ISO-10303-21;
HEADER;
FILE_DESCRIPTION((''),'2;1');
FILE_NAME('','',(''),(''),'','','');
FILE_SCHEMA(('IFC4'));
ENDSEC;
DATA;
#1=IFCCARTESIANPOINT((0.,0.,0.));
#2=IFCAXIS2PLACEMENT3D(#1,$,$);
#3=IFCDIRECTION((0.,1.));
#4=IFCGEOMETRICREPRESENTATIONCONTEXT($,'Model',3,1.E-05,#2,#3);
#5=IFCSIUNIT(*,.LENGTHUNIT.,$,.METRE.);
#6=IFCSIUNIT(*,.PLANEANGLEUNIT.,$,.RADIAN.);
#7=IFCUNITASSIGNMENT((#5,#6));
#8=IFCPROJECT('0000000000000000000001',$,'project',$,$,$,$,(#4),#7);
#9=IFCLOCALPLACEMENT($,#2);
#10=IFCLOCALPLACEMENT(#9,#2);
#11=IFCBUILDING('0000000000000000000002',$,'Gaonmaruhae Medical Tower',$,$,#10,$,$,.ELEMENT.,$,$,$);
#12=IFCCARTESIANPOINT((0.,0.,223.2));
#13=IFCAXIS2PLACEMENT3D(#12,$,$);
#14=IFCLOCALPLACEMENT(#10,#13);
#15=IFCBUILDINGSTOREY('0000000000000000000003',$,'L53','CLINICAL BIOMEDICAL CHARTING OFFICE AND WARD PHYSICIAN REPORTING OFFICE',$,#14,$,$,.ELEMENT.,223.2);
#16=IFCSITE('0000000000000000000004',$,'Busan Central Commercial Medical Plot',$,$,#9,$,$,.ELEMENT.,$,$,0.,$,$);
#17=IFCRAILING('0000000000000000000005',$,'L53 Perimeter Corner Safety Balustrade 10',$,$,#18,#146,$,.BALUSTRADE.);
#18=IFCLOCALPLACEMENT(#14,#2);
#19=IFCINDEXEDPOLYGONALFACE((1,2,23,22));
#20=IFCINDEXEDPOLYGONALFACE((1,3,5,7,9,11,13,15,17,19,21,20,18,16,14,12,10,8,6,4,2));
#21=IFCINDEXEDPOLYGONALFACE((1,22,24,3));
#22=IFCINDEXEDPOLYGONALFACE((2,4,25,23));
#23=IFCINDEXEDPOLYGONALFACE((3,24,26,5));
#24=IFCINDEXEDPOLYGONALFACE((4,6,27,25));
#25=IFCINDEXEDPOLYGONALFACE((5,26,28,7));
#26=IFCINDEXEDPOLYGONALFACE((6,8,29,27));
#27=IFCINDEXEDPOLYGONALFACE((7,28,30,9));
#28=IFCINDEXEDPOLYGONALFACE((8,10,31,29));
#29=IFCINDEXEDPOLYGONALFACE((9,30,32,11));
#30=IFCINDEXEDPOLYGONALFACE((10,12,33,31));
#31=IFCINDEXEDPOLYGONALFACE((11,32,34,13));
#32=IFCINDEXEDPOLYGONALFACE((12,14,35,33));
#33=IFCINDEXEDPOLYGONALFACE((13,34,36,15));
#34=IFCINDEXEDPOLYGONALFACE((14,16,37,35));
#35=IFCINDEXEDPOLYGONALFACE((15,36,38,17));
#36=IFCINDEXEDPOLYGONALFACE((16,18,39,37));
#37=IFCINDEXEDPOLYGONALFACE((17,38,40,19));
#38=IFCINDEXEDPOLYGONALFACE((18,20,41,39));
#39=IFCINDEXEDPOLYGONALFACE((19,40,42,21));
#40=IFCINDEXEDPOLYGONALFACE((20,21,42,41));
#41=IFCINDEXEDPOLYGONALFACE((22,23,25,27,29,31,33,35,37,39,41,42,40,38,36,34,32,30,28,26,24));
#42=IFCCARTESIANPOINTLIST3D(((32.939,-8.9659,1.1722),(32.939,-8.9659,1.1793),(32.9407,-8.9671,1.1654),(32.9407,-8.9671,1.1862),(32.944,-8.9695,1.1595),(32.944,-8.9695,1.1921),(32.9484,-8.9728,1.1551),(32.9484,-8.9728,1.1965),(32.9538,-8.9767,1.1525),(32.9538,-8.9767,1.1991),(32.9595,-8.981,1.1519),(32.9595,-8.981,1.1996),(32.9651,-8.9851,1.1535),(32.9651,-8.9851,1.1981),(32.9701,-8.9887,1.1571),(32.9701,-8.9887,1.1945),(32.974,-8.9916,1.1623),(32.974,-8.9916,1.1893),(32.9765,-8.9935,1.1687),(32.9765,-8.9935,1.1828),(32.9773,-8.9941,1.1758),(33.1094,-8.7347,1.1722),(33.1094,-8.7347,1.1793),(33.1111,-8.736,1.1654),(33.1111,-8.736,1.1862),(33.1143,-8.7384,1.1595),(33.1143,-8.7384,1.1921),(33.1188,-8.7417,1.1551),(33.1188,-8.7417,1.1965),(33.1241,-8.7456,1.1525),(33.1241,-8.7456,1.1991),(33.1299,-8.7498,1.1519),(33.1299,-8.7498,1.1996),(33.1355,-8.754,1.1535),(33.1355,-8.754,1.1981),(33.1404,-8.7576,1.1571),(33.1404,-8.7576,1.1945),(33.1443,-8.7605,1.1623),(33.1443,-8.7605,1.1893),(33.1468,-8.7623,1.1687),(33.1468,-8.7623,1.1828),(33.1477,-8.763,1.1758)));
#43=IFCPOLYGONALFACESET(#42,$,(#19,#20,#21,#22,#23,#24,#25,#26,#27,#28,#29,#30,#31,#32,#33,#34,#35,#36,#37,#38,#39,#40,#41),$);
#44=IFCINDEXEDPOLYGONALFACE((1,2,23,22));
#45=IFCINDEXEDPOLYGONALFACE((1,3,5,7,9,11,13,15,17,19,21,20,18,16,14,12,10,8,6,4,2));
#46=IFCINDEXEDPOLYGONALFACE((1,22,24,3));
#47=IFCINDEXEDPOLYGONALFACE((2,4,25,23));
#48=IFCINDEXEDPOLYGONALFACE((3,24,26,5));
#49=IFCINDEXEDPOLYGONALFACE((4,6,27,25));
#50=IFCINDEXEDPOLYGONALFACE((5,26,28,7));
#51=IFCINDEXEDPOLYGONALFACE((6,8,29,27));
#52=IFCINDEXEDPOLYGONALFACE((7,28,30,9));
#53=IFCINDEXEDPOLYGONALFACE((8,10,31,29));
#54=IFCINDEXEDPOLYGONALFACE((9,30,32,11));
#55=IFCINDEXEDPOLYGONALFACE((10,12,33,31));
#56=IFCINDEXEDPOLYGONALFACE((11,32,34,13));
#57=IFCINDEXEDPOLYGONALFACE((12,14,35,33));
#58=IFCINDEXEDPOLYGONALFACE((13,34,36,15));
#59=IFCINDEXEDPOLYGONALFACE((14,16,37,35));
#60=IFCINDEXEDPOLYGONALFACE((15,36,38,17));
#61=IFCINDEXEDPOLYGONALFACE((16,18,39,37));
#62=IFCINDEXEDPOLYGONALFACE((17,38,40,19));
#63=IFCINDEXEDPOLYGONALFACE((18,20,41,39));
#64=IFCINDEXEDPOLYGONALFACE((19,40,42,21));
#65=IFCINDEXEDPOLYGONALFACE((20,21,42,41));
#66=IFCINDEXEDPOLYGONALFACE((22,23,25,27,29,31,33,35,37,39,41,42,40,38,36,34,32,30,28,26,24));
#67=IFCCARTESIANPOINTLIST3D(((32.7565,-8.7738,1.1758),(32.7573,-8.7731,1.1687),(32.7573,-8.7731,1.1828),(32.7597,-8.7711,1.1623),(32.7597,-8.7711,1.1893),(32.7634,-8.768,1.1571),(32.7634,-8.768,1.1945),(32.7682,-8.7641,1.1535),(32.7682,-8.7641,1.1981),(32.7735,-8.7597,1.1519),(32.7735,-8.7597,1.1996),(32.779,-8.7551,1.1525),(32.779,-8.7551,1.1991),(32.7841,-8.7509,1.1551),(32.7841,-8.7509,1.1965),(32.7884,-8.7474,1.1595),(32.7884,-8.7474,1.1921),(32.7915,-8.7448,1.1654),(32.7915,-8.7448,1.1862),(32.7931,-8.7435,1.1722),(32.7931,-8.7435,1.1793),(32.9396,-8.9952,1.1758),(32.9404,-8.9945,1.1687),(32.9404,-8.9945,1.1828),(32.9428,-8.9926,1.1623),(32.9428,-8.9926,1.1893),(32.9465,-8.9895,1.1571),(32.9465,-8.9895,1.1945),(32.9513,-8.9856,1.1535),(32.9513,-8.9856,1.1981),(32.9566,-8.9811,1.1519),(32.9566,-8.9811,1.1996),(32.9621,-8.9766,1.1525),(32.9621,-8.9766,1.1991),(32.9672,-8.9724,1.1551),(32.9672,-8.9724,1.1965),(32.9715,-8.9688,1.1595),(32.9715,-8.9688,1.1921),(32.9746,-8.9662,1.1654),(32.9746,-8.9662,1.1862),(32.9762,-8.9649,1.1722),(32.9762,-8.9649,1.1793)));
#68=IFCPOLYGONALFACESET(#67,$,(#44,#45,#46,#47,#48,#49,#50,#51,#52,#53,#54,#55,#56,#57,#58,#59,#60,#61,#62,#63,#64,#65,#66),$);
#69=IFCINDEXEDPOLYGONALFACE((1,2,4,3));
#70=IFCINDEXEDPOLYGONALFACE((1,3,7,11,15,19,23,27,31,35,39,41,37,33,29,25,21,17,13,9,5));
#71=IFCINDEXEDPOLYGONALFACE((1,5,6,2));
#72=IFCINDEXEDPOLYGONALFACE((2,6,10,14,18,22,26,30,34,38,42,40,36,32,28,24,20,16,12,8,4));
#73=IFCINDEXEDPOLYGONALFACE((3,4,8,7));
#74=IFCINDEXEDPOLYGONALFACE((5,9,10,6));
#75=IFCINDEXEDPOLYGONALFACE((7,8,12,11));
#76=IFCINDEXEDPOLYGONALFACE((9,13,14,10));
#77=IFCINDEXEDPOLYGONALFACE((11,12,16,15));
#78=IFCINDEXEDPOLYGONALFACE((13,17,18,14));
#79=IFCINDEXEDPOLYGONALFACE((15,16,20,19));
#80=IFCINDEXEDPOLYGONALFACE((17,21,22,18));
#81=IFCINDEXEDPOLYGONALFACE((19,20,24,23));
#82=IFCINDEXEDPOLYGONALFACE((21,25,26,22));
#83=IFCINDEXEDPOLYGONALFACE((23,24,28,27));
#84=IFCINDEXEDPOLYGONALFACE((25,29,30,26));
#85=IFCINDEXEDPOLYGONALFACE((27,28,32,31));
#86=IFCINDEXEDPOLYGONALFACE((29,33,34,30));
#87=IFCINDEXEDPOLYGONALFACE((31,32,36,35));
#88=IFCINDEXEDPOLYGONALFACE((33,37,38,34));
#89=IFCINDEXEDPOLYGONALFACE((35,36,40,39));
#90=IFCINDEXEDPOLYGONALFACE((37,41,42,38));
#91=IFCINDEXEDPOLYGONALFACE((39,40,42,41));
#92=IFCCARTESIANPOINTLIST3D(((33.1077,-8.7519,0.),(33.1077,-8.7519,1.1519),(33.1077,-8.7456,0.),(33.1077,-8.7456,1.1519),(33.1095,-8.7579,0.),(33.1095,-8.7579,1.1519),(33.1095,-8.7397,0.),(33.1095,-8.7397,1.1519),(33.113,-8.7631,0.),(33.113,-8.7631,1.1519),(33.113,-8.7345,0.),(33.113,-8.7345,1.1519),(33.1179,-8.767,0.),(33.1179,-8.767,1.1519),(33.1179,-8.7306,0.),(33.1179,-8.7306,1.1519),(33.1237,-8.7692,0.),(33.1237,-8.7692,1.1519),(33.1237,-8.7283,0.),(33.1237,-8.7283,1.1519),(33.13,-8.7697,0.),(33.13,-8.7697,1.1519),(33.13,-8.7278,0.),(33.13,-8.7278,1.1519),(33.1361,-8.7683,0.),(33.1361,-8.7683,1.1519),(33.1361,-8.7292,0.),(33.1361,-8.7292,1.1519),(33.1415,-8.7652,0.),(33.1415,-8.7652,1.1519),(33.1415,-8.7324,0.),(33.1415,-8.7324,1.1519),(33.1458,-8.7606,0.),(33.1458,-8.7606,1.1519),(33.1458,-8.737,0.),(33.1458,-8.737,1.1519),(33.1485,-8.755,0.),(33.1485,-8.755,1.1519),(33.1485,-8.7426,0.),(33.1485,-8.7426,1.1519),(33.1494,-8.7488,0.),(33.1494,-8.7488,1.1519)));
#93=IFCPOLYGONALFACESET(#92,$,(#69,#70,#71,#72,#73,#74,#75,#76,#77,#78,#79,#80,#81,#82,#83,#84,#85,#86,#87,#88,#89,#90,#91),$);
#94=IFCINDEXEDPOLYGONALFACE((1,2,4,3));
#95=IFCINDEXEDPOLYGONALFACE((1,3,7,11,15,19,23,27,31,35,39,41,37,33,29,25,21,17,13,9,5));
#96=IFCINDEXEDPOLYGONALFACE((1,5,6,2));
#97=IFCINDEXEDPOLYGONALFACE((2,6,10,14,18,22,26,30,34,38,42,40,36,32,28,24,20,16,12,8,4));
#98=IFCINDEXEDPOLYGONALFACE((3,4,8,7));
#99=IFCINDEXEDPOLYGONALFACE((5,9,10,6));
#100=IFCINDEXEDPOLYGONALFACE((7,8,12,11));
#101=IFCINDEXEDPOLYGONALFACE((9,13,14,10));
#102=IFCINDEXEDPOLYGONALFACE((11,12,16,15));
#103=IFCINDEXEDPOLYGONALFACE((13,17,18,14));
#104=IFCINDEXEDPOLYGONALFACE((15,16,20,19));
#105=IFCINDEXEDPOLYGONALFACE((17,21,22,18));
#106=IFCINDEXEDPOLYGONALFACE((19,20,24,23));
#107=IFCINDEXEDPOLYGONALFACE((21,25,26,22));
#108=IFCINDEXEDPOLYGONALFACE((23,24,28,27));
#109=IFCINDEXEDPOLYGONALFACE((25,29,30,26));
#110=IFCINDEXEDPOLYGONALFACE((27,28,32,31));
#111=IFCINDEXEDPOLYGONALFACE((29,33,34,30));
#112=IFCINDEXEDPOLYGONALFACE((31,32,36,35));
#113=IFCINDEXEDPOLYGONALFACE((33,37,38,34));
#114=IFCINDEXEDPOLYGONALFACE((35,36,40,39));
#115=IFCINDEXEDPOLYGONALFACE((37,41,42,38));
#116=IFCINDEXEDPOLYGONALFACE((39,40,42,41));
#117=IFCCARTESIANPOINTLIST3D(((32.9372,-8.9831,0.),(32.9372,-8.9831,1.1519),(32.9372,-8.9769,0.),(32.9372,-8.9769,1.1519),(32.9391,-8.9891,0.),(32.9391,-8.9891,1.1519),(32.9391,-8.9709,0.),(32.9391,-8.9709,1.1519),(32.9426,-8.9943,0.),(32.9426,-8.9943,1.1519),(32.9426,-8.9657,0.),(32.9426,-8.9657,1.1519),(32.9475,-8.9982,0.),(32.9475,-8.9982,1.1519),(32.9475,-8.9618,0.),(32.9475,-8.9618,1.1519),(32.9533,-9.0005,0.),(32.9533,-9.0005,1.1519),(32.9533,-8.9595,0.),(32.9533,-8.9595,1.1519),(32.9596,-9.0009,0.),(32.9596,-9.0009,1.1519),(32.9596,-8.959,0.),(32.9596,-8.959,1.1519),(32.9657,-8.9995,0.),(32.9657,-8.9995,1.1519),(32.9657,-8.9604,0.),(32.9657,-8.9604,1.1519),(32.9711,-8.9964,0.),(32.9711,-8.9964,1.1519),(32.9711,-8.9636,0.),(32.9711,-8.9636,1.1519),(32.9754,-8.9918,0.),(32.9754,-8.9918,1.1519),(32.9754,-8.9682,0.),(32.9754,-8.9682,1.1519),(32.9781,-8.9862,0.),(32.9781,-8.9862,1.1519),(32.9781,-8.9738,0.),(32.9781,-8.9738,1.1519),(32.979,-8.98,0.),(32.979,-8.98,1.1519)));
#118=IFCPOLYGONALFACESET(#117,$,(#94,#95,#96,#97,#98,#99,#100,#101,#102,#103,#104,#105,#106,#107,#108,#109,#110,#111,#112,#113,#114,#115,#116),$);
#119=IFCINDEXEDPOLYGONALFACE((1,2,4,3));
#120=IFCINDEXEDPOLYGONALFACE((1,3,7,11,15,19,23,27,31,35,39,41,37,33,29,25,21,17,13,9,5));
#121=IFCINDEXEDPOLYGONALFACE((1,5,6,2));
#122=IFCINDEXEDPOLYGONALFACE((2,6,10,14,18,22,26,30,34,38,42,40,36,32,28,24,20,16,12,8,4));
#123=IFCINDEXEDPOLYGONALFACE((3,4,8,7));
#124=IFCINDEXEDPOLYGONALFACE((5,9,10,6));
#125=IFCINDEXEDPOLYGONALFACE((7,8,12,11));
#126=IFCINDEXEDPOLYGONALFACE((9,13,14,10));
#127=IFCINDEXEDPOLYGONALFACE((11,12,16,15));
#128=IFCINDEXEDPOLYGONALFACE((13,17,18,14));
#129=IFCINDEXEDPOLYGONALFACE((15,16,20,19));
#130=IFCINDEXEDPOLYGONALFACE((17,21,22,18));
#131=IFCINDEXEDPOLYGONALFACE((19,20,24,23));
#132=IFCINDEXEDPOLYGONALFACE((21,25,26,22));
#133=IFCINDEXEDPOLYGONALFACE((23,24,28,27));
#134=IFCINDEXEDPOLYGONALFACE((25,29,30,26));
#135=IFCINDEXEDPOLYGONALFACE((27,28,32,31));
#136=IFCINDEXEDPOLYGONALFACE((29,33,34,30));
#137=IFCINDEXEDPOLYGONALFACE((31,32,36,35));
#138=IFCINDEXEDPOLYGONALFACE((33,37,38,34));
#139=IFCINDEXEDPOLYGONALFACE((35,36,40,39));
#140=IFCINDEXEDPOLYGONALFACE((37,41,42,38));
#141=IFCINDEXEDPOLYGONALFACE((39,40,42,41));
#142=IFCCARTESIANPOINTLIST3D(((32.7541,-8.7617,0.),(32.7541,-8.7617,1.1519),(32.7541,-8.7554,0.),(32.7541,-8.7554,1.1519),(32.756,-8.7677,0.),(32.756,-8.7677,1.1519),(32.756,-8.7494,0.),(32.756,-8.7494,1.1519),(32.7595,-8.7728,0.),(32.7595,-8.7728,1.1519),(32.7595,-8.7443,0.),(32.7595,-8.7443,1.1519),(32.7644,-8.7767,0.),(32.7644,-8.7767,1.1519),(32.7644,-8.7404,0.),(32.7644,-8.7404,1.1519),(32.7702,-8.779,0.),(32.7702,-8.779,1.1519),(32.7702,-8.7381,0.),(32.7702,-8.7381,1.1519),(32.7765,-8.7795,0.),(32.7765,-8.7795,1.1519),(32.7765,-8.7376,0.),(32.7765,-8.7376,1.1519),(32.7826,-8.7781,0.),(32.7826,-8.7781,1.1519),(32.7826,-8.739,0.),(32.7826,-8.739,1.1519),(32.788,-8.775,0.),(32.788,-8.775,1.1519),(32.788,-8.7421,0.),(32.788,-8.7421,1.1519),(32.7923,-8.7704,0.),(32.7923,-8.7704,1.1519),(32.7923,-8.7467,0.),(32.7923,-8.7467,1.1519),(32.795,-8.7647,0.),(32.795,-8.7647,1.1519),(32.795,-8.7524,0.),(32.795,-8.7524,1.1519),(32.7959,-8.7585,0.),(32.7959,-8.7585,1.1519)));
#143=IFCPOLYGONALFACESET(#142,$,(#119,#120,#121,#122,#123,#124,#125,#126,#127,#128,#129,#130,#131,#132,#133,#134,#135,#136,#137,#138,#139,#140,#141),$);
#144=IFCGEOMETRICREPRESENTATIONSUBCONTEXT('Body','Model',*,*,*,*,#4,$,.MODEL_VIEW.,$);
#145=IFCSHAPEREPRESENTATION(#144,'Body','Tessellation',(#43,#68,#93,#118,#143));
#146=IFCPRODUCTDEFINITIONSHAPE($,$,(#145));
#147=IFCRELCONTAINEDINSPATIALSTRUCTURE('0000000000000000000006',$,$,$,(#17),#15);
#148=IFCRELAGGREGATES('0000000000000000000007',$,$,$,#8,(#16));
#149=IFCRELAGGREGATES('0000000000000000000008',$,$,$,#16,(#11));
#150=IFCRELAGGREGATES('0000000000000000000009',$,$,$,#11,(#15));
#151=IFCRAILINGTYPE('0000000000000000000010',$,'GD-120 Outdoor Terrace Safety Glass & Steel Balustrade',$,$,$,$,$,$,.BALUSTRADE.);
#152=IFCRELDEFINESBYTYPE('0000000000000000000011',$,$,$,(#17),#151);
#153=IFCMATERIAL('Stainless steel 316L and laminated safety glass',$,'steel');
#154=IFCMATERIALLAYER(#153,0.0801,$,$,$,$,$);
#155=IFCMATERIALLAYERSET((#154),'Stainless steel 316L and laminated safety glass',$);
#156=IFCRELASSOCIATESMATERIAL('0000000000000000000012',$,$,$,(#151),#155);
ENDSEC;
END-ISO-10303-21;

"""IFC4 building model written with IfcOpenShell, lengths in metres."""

from ifc_helpers import new_model, si_unit, direction, frame, origin, origin_2d, place, context, subcontext, project, spatial, circle, extrude, material, layer, layer_set, type_object, element, save


model = new_model("IFC4")

# Units and contexts
model_context = context("Model", 3, precision=1e-05, world=origin(), true_north=direction((0.0, 1.0)))
body_context = subcontext(model_context, "Body", "Model", "MODEL_VIEW")
ifc_project = project(units=[si_unit("LENGTHUNIT", "METRE"), si_unit("PLANEANGLEUNIT", "RADIAN")], contexts=[model_context])

# Site, building, storey
site_placement = place(None, origin())
site = spatial("IfcSite", under=ifc_project, at=site_placement, Name="Busan Central Commercial Medical Plot", CompositionType="ELEMENT", RefElevation=0.0)
building_placement = place(site_placement, origin())
building = spatial("IfcBuilding", under=site, at=building_placement, Name="Gaonmaruhae Medical Tower", CompositionType="ELEMENT")
storey_placement = place(building_placement, frame((0.0, 0.0, 223.2)))
storey = spatial("IfcBuildingStorey", under=building, at=storey_placement, Name="L53", Description="CLINICAL BIOMEDICAL CHARTING OFFICE AND WARD PHYSICIAN REPORTING OFFICE", CompositionType="ELEMENT", Elevation=223.2)

# Railing
ifc_material_1 = material(Name="Stainless steel 316L and laminated safety glass", Category="steel")
ifc_layer_1 = layer(ifc_material_1, 0.0801)
ifc_layer_set_1 = layer_set([ifc_layer_1], Name="Stainless steel 316L and laminated safety glass")
railing_type = type_object("IfcRailingType", Name="GD-120 Outdoor Terrace Safety Glass & Steel Balustrade", PredefinedType="BALUSTRADE", material=ifc_layer_set_1)
railing_1_placement = place(storey_placement, frame((33.1284, -8.7488, 0.0)))
element("IfcRailing", 1, at=railing_1_placement, inside=storey, type_object=railing_type, Name="L53 Perimeter Corner Safety Balustrade 10", PredefinedType="BALUSTRADE", context=body_context, shape_type="SweptSolid", body=[
    extrude(circle(Radius=0.0239, at=origin_2d()), frame((0.0, 0.0, 1.1758), z_axis=(-0.593315, -0.80497, 0.0), x_axis=(0.80497, -0.593315, 0.0)), (0.0, 0.0, 1.0), 0.2871),
    extrude(circle(Radius=0.0239, at=origin_2d()), frame((-0.1704, -0.2312, 1.1758), z_axis=(-0.637255, 0.770653, 0.0), x_axis=(-0.770653, -0.637255, 0.0)), (0.0, 0.0, 1.0), 0.2874),
    extrude(circle(Radius=0.021, at=origin_2d()), origin(), (0.0, 0.0, 1.0), 1.1519),
    extrude(circle(Radius=0.021, at=origin_2d()), frame((-0.1704, -0.2312, 0.0)), (0.0, 0.0, 1.0), 1.1519),
    extrude(circle(Radius=0.021, at=origin_2d()), frame((-0.3535, -0.0098, 0.0)), (0.0, 0.0, 1.0), 1.1519),
])

save(model, "model.ifc")
